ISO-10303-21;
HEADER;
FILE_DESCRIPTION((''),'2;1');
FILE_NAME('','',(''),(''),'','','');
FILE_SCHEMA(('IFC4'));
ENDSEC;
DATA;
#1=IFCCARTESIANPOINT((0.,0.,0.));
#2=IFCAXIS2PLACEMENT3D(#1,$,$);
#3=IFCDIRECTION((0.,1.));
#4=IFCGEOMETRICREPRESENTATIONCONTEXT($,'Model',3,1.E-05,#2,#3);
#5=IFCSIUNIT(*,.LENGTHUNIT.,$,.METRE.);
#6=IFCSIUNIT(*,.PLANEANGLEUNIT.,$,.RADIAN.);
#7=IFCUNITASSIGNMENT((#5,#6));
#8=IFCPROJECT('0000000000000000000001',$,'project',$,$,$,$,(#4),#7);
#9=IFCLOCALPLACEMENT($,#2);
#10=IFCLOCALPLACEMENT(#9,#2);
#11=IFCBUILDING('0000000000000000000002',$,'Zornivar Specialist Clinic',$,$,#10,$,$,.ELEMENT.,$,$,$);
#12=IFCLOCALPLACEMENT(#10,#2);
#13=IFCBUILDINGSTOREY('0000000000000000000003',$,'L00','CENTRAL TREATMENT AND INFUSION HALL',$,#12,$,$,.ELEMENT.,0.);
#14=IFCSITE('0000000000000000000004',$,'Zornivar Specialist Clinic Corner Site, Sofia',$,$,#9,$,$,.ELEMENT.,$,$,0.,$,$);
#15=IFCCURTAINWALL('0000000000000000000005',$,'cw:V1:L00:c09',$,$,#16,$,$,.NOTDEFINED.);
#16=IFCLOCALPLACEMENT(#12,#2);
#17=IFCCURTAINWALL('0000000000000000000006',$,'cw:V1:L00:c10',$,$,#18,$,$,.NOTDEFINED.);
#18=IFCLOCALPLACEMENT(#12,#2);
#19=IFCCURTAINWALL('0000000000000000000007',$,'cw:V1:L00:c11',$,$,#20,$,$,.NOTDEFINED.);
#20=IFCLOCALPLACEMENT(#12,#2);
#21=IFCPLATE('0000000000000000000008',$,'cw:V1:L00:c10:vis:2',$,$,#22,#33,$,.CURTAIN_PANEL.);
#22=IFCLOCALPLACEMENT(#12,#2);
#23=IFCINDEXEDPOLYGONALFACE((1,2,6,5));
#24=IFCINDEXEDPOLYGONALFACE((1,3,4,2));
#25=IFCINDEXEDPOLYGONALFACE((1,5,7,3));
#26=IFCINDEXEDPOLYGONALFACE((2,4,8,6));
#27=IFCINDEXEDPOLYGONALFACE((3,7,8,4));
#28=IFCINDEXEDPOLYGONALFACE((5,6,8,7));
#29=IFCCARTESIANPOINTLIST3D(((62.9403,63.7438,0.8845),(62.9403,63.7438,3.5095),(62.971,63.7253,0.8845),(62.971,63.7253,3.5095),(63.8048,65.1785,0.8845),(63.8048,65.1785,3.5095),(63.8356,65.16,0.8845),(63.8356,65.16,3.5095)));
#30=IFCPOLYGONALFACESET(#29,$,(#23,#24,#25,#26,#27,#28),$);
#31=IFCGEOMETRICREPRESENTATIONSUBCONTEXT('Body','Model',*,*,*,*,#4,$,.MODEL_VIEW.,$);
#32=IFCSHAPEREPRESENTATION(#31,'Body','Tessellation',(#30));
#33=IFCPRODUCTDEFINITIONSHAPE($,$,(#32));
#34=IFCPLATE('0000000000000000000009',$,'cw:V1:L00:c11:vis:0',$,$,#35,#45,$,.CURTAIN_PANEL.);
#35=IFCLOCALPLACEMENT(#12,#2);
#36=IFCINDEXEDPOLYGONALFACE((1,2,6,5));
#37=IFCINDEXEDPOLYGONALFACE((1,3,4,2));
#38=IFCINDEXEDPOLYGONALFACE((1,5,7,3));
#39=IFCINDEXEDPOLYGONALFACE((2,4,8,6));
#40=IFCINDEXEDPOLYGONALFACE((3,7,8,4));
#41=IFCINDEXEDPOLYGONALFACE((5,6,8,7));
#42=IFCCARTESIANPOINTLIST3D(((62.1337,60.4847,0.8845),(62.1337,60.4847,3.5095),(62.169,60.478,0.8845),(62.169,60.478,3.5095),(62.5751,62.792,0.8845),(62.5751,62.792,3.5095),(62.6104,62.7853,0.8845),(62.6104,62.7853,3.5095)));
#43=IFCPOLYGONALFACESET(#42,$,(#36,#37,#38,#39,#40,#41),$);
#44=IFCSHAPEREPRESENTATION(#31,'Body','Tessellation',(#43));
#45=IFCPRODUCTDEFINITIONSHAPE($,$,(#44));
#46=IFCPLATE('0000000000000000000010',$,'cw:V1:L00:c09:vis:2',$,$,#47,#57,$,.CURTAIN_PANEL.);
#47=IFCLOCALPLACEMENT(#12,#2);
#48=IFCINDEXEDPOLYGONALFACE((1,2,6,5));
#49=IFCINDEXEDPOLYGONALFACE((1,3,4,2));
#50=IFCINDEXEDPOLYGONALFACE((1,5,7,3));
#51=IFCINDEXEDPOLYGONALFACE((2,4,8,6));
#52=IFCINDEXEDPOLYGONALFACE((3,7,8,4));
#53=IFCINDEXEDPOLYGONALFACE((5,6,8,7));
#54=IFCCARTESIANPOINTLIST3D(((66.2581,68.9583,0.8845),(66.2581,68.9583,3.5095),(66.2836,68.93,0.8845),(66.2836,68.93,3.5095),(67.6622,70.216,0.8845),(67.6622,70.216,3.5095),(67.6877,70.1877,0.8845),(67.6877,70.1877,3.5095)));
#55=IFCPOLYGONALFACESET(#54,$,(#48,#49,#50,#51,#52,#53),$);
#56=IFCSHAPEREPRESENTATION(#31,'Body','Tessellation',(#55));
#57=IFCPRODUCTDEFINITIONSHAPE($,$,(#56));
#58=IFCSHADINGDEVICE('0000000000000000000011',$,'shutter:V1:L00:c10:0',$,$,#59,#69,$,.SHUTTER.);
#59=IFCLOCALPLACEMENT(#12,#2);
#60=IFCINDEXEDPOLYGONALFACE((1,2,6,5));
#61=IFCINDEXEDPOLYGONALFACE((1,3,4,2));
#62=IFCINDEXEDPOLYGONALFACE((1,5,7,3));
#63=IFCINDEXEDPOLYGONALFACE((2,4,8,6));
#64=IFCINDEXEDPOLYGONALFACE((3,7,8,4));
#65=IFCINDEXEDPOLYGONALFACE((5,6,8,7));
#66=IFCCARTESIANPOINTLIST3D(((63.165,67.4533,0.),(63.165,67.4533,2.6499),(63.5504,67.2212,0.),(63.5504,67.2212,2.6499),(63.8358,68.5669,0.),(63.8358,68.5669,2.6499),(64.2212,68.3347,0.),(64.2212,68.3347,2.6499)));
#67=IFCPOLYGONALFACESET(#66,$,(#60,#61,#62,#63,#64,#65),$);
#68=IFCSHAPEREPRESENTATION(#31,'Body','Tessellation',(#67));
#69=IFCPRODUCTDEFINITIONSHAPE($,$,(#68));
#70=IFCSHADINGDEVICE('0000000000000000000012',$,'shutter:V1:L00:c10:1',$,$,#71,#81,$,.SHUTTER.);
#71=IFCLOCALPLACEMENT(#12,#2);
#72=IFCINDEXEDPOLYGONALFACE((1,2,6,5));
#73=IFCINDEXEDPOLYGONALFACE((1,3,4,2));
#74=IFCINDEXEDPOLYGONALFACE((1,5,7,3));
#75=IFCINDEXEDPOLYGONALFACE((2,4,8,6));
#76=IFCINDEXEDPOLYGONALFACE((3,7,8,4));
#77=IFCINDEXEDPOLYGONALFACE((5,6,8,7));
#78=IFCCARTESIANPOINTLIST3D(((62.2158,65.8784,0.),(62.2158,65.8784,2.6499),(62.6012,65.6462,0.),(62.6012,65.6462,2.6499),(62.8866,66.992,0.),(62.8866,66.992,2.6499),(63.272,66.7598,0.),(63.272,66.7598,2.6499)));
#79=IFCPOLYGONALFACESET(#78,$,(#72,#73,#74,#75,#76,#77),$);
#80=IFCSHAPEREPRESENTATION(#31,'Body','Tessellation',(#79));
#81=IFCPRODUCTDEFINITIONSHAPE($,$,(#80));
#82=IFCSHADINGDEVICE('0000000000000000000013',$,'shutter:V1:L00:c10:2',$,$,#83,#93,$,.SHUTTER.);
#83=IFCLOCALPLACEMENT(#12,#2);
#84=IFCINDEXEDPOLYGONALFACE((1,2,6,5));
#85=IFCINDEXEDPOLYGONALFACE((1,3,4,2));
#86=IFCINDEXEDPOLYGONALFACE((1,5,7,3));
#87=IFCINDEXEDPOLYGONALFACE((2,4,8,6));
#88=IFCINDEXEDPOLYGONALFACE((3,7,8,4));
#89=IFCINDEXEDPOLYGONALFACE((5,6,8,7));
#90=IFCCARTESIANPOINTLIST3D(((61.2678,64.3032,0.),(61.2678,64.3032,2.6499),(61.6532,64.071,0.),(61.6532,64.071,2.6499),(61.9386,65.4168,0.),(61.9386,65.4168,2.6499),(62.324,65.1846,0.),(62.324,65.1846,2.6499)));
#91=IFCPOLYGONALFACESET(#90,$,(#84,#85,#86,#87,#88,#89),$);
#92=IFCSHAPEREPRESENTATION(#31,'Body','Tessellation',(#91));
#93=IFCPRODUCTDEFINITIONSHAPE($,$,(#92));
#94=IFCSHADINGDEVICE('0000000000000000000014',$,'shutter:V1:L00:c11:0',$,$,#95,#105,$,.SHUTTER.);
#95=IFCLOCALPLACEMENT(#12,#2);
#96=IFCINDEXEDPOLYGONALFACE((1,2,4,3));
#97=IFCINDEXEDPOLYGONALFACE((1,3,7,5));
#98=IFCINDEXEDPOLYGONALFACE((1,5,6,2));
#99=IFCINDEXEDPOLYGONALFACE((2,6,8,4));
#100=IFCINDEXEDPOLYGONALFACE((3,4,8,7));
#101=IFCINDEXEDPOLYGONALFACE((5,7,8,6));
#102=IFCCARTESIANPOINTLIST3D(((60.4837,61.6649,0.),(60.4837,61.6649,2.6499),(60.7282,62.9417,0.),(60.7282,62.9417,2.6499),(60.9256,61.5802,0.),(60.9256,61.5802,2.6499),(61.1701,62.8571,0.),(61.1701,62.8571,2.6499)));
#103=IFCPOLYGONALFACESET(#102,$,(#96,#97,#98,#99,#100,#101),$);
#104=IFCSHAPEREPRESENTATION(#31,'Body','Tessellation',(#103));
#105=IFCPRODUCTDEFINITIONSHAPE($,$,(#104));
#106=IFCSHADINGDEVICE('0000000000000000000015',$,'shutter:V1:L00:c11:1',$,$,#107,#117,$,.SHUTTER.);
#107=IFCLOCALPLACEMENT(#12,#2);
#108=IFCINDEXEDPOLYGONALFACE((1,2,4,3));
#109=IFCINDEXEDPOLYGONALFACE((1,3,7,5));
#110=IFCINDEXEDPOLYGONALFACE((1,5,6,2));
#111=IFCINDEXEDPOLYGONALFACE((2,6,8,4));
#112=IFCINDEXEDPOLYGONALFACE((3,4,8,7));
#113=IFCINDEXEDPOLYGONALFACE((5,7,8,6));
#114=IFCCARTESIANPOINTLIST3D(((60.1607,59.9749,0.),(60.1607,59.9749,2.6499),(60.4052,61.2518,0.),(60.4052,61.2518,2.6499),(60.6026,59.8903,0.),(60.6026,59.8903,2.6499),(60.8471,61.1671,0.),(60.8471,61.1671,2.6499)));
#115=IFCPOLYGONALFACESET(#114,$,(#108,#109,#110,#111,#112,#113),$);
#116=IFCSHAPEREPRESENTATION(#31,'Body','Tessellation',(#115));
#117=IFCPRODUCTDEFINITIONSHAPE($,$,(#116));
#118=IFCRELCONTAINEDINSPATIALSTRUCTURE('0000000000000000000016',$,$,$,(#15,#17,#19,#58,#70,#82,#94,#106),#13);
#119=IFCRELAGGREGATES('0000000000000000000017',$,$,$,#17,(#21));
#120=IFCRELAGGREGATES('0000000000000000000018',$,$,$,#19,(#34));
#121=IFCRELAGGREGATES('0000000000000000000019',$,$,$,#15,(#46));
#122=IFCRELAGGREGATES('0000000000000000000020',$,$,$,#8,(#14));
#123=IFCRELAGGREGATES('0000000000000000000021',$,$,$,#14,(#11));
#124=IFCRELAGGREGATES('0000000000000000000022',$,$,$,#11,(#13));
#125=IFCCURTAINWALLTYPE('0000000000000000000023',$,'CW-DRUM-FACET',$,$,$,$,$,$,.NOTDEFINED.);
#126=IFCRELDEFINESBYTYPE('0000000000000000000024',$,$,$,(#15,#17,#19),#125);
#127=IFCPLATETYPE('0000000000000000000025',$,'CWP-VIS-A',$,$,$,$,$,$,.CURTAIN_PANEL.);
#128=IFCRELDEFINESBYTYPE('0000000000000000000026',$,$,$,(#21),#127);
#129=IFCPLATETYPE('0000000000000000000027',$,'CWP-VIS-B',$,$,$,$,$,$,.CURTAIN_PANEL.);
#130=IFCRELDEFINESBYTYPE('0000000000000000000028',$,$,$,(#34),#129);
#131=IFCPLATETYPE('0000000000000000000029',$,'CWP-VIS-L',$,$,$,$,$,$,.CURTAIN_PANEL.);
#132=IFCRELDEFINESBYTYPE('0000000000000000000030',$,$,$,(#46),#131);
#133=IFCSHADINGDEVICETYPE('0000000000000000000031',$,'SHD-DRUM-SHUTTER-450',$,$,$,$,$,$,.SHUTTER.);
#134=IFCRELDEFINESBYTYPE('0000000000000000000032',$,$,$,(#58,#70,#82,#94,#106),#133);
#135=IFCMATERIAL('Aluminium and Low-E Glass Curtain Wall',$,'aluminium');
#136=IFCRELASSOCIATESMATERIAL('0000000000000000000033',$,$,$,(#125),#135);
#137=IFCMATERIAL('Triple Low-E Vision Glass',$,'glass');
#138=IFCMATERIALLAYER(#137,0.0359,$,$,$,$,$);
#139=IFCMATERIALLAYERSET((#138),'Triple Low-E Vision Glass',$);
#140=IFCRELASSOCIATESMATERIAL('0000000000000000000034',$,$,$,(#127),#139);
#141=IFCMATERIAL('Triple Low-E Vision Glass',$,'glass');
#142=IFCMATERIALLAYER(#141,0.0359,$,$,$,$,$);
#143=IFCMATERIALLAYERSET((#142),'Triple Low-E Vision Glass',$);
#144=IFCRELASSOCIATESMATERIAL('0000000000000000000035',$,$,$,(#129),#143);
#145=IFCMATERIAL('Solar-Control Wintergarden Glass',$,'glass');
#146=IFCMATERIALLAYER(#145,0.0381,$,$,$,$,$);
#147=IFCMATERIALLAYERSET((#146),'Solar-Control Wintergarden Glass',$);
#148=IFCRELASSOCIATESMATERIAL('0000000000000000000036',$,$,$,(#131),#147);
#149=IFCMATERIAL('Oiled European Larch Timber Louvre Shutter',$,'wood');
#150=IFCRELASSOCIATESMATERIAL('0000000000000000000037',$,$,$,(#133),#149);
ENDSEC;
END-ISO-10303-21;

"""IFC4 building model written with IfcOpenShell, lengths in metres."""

from ifc_helpers import new_model, si_unit, direction, frame, origin, origin_2d, place, context, subcontext, project, spatial, rectangle, extrude, material, layer, layer_set, type_object, element, aggregate, save


model = new_model("IFC4")

# Units and contexts
model_context = context("Model", 3, precision=1e-05, world=origin(), true_north=direction((0.0, 1.0)))
body_context = subcontext(model_context, "Body", "Model", "MODEL_VIEW")
ifc_project = project(units=[si_unit("LENGTHUNIT", "METRE"), si_unit("PLANEANGLEUNIT", "RADIAN")], contexts=[model_context])

# Site, building, storey
site_placement = place(None, origin())
site = spatial("IfcSite", under=ifc_project, at=site_placement, Name="Zornivar Specialist Clinic Corner Site, Sofia", CompositionType="ELEMENT", RefElevation=0.0)
building_placement = place(site_placement, origin())
building = spatial("IfcBuilding", under=site, at=building_placement, Name="Zornivar Specialist Clinic", CompositionType="ELEMENT")
storey_placement = place(building_placement, origin())
storey = spatial("IfcBuildingStorey", under=building, at=storey_placement, Name="L00", Description="CENTRAL TREATMENT AND INFUSION HALL", CompositionType="ELEMENT", Elevation=0.0)

# Curtain wall
ifc_material_1 = material(Name="Aluminium and Low-E Glass Curtain Wall", Category="aluminium")
curtain_wall_type = type_object("IfcCurtainWallType", Name="CW-DRUM-FACET", PredefinedType="NOTDEFINED", material=ifc_material_1)
curtain_wall_1_placement = place(storey_placement, origin())
curtain_wall_1 = element("IfcCurtainWall", 1, at=curtain_wall_1_placement, inside=storey, type_object=curtain_wall_type, Name="cw:V1:L00:c09", PredefinedType="NOTDEFINED")

# Curtain walls
curtain_wall_2_placement = place(storey_placement, origin())
curtain_wall_2 = element("IfcCurtainWall", 2, at=curtain_wall_2_placement, inside=storey, type_object=curtain_wall_type, Name="cw:V1:L00:c10", PredefinedType="NOTDEFINED")
curtain_wall_3_placement = place(storey_placement, origin())
curtain_wall_3 = element("IfcCurtainWall", 3, at=curtain_wall_3_placement, inside=storey, type_object=curtain_wall_type, Name="cw:V1:L00:c11", PredefinedType="NOTDEFINED")

# Plates
ifc_material_2 = material(Name="Triple Low-E Vision Glass", Category="glass")
ifc_layer_1 = layer(ifc_material_2, 0.0359)
ifc_layer_set_1 = layer_set([ifc_layer_1], Name="Triple Low-E Vision Glass")
plate_type_1 = type_object("IfcPlateType", Name="CWP-VIS-A", PredefinedType="CURTAIN_PANEL", material=ifc_layer_set_1)
plate_1_placement = place(storey_placement, frame((63.3879, 64.4519, 0.8845), z_axis=(0.0, 0.0, 1.0), x_axis=(-0.516127, -0.856512, 0.0)))
plate_1 = element("IfcPlate", 4, at=plate_1_placement, type_object=plate_type_1, Name="cw:V1:L00:c10:vis:2", PredefinedType="CURTAIN_PANEL", context=body_context, shape_type="SweptSolid", body=[
    extrude(rectangle(XDim=1.675, YDim=0.0359, at=origin_2d()), origin(), (0.0, 0.0, 1.0), 2.625),
])
aggregate(curtain_wall_2, [plate_1])
ifc_material_3 = material(Name="Triple Low-E Vision Glass", Category="glass")
ifc_layer_2 = layer(ifc_material_3, 0.0359)
ifc_layer_set_2 = layer_set([ifc_layer_2], Name="Triple Low-E Vision Glass")
plate_type_2 = type_object("IfcPlateType", Name="CWP-VIS-B", PredefinedType="CURTAIN_PANEL", material=ifc_layer_set_2)
plate_2_placement = place(storey_placement, frame((62.3721, 61.635, 0.8845), z_axis=(0.0, 0.0, 1.0), x_axis=(-0.187897, -0.982189, 0.0)))
plate_2 = element("IfcPlate", 5, at=plate_2_placement, type_object=plate_type_2, Name="cw:V1:L00:c11:vis:0", PredefinedType="CURTAIN_PANEL", context=body_context, shape_type="SweptSolid", body=[
    extrude(rectangle(XDim=2.3491, YDim=0.0359, at=origin_2d()), origin(), (0.0, 0.0, 1.0), 2.625),
])
aggregate(curtain_wall_3, [plate_2])
ifc_material_4 = material(Name="Solar-Control Wintergarden Glass", Category="glass")
ifc_layer_3 = layer(ifc_material_4, 0.0381)
ifc_layer_set_3 = layer_set([ifc_layer_3], Name="Solar-Control Wintergarden Glass")
plate_type_3 = type_object("IfcPlateType", Name="CWP-VIS-L", PredefinedType="CURTAIN_PANEL", material=ifc_layer_set_3)
plate_3_placement = place(storey_placement, frame((66.9729, 69.573, 0.8845), z_axis=(0.0, 0.0, 1.0), x_axis=(-0.744881, -0.667198, 0.0)))
plate_3 = element("IfcPlate", 6, at=plate_3_placement, type_object=plate_type_3, Name="cw:V1:L00:c09:vis:2", PredefinedType="CURTAIN_PANEL", context=body_context, shape_type="SweptSolid", body=[
    extrude(rectangle(XDim=1.885, YDim=0.0381, at=origin_2d()), origin(), (0.0, 0.0, 1.0), 2.625),
])
aggregate(curtain_wall_1, [plate_3])

# Shading devices
ifc_material_5 = material(Name="Oiled European Larch Timber Louvre Shutter", Category="wood")
shading_device_type = type_object("IfcShadingDeviceType", Name="SHD-DRUM-SHUTTER-450", PredefinedType="SHUTTER", material=ifc_material_5)
for number, where, z_axis, x_axis, name in (
    (7, (63.6931, 67.894, 0.0), (0.0, 0.0, 1.0), (-0.516018, -0.856578, 0.0), "shutter:V1:L00:c10:0"),
    (8, (62.7439, 66.3191, 0.0), (0.0, 0.0, 1.0), (-0.516018, -0.856578, 0.0), "shutter:V1:L00:c10:1"),
    (9, (61.7959, 64.7439, 0.0), (0.0, 0.0, 1.0), (-0.516018, -0.856578, 0.0), "shutter:V1:L00:c10:2"),
    (10, (60.8269, 62.261, 0.0), (0.0, 0.0, 1.0), (-0.188099, -0.98215, 0.0), "shutter:V1:L00:c11:0"),
    (11, (60.5039, 60.571, 0.0), (0.0, 0.0, 1.0), (-0.188099, -0.98215, 0.0), "shutter:V1:L00:c11:1"),
):
    element("IfcShadingDevice", number, at=place(storey_placement, frame(where, z_axis=z_axis, x_axis=x_axis)), inside=storey, type_object=shading_device_type, Name=name, PredefinedType="SHUTTER", context=body_context, shape_type="SweptSolid", body=[
        extrude(rectangle(XDim=1.3, YDim=0.45, at=origin_2d()), origin(), (0.0, 0.0, 1.0), 2.6499),
    ])

save(model, "model.ifc")
